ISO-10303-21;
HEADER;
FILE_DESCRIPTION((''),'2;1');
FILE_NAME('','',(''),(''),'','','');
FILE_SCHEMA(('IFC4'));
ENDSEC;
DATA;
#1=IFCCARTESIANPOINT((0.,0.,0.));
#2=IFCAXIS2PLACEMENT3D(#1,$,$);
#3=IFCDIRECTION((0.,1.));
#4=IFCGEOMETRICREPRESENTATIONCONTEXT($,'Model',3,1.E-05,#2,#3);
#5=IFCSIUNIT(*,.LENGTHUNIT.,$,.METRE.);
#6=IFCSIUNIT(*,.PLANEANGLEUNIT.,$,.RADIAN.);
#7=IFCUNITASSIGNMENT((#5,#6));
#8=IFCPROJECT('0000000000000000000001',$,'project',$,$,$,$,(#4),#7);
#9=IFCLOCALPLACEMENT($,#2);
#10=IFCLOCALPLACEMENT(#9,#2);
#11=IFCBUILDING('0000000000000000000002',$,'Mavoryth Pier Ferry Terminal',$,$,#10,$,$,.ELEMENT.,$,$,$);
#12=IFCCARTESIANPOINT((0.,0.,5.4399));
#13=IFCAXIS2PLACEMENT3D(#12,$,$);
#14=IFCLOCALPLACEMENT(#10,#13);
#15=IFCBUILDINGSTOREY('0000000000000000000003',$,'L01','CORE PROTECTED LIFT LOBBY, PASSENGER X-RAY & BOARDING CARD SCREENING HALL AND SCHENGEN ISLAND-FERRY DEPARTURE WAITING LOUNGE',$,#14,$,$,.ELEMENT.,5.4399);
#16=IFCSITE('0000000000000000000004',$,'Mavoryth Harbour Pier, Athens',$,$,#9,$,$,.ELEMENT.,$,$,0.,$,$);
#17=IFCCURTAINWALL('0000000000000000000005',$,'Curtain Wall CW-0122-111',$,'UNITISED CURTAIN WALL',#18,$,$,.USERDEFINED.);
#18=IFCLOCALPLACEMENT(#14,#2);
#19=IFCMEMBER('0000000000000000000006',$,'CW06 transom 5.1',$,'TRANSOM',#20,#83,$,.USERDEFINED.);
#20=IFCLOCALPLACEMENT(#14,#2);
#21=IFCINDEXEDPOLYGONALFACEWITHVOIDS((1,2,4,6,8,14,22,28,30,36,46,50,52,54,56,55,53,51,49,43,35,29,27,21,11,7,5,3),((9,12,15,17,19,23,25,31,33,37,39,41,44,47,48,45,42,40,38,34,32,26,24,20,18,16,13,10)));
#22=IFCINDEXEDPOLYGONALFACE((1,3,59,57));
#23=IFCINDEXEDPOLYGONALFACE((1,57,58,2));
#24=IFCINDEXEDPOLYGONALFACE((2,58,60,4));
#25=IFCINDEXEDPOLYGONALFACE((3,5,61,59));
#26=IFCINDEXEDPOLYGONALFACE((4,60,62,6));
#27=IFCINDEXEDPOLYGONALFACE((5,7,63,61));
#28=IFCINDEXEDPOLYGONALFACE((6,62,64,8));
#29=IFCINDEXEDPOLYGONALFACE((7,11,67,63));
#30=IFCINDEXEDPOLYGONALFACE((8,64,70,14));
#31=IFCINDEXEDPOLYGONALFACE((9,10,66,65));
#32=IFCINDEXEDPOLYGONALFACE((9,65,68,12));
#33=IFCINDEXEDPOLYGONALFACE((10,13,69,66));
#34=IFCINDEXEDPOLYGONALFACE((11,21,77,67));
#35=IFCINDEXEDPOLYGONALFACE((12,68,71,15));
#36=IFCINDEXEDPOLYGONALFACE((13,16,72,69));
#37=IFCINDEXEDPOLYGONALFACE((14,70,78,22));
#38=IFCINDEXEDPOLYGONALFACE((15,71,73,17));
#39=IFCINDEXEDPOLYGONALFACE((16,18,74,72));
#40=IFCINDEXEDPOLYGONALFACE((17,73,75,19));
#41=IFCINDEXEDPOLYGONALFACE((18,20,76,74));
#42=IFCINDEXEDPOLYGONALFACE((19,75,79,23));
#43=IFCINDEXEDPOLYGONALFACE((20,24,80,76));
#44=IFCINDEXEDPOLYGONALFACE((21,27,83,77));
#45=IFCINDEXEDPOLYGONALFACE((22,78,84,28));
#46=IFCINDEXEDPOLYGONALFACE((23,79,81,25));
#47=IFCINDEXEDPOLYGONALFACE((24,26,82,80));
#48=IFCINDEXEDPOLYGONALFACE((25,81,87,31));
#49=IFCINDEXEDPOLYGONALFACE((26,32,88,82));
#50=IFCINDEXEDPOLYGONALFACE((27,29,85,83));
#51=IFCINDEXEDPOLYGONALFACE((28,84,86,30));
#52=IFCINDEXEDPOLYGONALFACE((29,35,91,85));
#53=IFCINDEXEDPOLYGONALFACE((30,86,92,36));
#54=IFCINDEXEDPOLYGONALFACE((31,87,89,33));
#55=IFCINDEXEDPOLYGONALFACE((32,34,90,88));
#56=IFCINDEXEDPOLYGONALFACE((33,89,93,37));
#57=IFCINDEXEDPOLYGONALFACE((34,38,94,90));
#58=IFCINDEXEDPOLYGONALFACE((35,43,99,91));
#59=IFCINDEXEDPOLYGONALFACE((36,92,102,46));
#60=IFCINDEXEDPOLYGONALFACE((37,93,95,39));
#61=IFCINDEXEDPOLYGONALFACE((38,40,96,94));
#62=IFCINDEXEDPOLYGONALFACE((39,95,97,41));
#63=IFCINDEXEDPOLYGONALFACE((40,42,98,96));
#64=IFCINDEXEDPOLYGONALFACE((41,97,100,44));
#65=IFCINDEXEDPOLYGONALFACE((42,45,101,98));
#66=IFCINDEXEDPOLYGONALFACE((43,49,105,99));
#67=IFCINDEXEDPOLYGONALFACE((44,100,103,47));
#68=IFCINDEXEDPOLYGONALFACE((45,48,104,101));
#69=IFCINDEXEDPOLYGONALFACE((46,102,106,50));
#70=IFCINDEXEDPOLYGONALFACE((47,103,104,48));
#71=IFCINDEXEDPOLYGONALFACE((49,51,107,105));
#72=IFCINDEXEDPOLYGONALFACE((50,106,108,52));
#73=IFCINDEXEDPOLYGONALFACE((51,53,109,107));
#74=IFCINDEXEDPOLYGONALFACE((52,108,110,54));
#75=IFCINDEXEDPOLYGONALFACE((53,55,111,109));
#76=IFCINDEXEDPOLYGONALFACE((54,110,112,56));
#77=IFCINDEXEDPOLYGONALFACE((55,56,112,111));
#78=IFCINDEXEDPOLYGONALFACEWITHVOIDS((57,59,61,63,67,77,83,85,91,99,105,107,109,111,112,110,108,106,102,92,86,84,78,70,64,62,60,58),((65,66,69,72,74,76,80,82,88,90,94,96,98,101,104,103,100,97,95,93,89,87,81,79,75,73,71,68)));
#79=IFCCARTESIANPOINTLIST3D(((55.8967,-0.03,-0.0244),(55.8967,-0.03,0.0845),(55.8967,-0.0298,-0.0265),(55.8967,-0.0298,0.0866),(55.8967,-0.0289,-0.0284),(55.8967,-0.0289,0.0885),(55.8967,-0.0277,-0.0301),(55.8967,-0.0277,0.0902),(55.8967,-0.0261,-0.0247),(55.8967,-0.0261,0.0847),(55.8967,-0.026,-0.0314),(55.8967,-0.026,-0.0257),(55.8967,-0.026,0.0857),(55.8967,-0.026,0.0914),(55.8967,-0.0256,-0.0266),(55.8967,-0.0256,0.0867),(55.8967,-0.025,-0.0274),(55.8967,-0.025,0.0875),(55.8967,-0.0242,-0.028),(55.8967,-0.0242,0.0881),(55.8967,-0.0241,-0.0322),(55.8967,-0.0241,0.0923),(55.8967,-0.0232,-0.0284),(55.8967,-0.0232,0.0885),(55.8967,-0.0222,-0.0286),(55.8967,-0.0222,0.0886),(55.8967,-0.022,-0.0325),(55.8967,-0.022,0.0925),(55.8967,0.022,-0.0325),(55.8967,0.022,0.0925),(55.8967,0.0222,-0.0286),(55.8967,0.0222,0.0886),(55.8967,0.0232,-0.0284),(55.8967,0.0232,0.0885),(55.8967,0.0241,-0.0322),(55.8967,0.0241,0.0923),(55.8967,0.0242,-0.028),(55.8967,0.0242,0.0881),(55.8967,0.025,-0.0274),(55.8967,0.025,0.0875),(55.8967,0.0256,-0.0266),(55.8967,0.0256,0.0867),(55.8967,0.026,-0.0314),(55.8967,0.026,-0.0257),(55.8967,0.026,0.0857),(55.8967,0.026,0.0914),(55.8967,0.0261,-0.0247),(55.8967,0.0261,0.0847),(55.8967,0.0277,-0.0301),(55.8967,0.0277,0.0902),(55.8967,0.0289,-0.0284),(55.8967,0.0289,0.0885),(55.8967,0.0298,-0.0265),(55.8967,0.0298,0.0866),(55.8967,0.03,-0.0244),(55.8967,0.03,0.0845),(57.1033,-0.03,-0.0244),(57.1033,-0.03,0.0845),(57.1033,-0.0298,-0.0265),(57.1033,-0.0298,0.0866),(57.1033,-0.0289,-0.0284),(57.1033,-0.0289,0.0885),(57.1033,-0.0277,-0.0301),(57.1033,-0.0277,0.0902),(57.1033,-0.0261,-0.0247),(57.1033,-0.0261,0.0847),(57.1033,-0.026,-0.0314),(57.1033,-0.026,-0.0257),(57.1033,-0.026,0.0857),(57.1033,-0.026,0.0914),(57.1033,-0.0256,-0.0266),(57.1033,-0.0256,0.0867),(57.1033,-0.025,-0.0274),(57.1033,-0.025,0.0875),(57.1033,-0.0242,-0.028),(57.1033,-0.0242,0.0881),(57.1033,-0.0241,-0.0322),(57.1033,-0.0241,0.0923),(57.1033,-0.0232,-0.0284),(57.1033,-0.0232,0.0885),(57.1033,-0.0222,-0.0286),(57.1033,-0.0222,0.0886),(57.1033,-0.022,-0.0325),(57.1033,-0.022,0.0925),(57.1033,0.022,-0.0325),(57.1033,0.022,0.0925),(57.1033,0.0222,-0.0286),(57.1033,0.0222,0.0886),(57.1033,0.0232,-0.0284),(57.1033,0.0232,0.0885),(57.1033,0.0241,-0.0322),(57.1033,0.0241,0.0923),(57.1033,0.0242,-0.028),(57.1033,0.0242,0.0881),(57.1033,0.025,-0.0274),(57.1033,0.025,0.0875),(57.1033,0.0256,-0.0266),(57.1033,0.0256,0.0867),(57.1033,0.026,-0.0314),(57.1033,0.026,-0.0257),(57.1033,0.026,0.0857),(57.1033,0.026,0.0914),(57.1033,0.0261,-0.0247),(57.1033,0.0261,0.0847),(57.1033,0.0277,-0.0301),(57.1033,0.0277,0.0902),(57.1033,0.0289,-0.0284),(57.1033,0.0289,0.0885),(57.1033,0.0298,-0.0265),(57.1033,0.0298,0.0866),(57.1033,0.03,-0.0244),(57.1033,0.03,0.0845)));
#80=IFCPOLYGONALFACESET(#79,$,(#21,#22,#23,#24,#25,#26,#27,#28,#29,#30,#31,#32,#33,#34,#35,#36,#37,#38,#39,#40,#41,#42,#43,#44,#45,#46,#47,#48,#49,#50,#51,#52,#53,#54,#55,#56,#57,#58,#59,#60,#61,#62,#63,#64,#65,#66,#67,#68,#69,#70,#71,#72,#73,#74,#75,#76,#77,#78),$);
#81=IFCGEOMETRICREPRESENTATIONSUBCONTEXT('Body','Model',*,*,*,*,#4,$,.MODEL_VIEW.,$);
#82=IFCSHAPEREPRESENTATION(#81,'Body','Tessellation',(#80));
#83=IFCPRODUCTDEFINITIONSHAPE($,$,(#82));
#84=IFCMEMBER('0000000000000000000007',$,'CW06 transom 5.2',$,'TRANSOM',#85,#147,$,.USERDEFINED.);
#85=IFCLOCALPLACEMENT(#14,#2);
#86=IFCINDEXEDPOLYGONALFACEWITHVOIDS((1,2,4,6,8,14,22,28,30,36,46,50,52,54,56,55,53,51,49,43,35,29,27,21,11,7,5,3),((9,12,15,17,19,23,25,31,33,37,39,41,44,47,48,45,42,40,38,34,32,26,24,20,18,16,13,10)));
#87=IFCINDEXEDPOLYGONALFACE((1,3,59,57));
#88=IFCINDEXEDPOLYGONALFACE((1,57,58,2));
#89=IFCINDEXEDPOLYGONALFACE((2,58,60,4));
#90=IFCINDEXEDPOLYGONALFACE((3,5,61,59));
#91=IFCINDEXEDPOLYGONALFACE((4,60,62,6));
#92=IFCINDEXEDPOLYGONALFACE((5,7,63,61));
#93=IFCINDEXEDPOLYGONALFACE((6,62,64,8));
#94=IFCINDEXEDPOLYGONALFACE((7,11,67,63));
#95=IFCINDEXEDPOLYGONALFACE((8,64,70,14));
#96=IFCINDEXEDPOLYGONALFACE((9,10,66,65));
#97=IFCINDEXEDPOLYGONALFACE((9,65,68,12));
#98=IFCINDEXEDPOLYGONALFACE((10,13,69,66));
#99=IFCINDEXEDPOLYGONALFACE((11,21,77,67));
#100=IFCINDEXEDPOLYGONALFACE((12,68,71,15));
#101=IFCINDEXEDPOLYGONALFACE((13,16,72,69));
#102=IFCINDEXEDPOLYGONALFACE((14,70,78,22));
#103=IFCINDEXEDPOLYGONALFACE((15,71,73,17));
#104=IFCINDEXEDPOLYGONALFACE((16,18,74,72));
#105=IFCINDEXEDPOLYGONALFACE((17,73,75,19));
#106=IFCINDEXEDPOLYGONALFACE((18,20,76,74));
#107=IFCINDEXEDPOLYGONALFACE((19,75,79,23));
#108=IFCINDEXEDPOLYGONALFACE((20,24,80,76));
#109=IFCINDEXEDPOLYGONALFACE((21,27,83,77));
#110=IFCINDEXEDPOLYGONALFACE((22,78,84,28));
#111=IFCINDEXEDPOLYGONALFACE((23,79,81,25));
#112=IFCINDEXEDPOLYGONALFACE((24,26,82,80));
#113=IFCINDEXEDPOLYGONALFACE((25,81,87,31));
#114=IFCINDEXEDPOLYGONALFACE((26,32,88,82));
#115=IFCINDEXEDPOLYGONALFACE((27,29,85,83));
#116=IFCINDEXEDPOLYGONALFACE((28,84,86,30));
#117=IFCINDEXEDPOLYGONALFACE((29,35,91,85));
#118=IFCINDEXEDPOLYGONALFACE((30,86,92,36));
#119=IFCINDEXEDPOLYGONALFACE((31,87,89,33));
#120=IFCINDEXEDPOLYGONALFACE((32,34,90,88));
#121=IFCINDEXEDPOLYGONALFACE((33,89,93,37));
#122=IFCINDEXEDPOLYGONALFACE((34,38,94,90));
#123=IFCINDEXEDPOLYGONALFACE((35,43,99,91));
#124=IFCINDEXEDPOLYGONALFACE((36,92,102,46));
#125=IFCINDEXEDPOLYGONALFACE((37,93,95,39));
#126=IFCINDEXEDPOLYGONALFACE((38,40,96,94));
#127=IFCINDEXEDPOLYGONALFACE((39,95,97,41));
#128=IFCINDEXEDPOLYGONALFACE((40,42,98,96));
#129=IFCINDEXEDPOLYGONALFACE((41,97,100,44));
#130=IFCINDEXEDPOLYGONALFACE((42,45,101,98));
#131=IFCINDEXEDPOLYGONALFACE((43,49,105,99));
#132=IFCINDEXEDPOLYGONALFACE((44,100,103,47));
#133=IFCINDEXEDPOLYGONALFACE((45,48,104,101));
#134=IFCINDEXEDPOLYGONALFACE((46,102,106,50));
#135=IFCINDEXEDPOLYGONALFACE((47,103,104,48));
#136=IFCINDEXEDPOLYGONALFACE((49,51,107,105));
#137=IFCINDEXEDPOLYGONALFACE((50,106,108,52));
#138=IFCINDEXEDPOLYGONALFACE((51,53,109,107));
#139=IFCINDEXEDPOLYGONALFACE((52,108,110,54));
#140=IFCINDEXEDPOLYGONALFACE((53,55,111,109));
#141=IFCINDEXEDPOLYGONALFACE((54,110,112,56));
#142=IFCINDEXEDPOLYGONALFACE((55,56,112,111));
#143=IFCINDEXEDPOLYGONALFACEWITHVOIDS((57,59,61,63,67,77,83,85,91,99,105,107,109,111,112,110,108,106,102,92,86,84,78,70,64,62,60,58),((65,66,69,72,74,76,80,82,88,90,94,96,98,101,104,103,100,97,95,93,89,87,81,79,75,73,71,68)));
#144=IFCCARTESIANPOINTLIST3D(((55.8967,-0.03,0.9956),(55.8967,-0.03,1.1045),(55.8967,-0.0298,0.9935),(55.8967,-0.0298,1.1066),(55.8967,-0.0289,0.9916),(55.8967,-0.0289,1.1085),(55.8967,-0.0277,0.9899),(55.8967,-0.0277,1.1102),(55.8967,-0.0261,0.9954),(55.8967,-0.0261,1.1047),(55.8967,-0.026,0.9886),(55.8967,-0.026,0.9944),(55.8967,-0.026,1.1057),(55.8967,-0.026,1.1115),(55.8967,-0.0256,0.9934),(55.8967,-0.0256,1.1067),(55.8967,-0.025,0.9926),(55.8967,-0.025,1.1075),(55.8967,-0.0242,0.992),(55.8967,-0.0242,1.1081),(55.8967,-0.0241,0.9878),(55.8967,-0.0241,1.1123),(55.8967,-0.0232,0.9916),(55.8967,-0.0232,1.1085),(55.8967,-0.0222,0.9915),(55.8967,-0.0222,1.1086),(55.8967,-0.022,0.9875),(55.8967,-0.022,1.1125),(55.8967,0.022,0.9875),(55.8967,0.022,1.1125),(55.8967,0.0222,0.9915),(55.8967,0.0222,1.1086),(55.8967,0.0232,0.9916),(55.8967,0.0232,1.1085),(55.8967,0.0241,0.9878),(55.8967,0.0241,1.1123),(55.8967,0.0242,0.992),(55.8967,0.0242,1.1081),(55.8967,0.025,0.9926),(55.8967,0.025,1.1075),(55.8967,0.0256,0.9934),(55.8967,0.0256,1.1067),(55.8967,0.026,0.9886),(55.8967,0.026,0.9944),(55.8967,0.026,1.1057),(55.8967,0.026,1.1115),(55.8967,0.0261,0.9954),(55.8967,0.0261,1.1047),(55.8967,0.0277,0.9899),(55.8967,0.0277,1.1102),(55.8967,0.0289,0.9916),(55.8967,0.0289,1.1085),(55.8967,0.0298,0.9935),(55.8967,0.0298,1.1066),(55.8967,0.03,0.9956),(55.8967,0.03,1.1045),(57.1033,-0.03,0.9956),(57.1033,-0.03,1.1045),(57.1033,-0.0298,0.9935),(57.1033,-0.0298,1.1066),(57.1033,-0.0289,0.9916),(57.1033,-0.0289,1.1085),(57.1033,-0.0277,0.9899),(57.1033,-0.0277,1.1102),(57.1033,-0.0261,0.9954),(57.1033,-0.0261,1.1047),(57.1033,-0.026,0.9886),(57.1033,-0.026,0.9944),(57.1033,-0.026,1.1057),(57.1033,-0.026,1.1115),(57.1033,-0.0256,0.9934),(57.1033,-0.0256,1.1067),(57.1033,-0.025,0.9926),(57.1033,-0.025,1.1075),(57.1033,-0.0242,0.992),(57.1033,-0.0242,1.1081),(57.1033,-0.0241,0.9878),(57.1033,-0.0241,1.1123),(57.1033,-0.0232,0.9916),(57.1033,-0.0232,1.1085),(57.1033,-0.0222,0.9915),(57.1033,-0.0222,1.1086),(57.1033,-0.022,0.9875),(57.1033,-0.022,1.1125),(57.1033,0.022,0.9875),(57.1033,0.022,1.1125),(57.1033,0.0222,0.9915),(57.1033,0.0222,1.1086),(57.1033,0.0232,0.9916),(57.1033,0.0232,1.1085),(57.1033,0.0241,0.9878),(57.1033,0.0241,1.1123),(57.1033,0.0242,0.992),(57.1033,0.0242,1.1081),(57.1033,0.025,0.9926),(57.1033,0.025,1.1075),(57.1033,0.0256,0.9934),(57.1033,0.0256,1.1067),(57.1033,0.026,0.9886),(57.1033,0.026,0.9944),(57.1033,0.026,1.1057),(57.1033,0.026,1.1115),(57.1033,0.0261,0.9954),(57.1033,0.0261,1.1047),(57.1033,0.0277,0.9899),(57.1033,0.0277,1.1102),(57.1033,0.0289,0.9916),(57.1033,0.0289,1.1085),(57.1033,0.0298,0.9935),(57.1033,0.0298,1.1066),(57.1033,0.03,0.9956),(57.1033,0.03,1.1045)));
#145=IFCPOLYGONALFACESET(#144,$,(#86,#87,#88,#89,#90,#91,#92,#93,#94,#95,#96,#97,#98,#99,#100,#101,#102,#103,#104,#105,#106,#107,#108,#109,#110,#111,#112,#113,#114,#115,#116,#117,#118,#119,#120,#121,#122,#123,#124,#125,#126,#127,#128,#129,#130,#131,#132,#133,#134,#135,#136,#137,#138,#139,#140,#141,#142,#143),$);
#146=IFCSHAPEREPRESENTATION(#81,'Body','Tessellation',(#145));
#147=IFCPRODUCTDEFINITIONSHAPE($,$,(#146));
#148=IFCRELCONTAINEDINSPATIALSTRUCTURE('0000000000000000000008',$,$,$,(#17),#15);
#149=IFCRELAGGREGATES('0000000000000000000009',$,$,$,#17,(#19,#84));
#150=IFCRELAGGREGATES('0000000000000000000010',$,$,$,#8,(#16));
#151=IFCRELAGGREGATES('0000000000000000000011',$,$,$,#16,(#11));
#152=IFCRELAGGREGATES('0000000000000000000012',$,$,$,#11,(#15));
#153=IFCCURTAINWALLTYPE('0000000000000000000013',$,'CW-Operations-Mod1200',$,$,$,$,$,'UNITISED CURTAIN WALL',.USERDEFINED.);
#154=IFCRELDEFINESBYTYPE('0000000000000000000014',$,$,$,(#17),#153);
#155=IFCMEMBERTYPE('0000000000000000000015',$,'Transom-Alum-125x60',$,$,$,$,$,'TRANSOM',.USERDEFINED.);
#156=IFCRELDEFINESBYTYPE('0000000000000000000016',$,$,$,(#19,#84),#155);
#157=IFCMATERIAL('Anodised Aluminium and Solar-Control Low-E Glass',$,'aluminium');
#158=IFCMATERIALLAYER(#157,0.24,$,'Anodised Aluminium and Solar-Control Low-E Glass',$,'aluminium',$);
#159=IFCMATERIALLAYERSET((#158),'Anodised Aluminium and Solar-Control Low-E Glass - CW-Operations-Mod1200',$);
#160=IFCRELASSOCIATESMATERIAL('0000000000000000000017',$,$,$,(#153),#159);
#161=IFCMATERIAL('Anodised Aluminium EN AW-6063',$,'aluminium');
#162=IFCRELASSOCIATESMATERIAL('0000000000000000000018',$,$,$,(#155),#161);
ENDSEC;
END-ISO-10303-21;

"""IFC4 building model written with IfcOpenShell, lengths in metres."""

from ifc_helpers import new_model, si_unit, direction, frame, origin, origin_2d, place, context, subcontext, project, spatial, hollow_rectangle, extrude, material, layer, layer_set, material_profile, profile_set, type_object, element, aggregate, save


model = new_model("IFC4")

# Units and contexts
model_context = context("Model", 3, precision=1e-05, world=origin(), true_north=direction((0.0, 1.0)))
body_context = subcontext(model_context, "Body", "Model", "MODEL_VIEW")
ifc_project = project(units=[si_unit("LENGTHUNIT", "METRE"), si_unit("PLANEANGLEUNIT", "RADIAN")], contexts=[model_context])

# Site, building, storey
site_placement = place(None, origin())
site = spatial("IfcSite", under=ifc_project, at=site_placement, Name="Mavoryth Harbour Pier, Athens", CompositionType="ELEMENT", RefElevation=0.0)
building_placement = place(site_placement, origin())
building = spatial("IfcBuilding", under=site, at=building_placement, Name="Mavoryth Pier Ferry Terminal", CompositionType="ELEMENT")
storey_placement = place(building_placement, frame((0.0, 0.0, 5.4399)))
storey = spatial("IfcBuildingStorey", under=building, at=storey_placement, Name="L01", Description="CORE PROTECTED LIFT LOBBY, PASSENGER X-RAY & BOARDING CARD SCREENING HALL AND SCHENGEN ISLAND-FERRY DEPARTURE WAITING LOUNGE", CompositionType="ELEMENT", Elevation=5.4399)

# Curtain wall, members
ifc_material_1 = material(Name="Anodised Aluminium and Solar-Control Low-E Glass", Category="aluminium")
ifc_layer_1 = layer(ifc_material_1, 0.24, Name="Anodised Aluminium and Solar-Control Low-E Glass", Category="aluminium")
ifc_layer_set_1 = layer_set([ifc_layer_1], Name="Anodised Aluminium and Solar-Control Low-E Glass - CW-Operations-Mod1200")
curtain_wall_type = type_object("IfcCurtainWallType", Name="CW-Operations-Mod1200", ElementType="UNITISED CURTAIN WALL", PredefinedType="USERDEFINED", material=ifc_layer_set_1)
curtain_wall_placement = place(storey_placement, origin())
curtain_wall = element("IfcCurtainWall", 1, at=curtain_wall_placement, inside=storey, type_object=curtain_wall_type, Name="Curtain Wall CW-0122-111", ObjectType="UNITISED CURTAIN WALL", PredefinedType="USERDEFINED")
ifc_material_2 = material(Name="Anodised Aluminium EN AW-6063", Category="aluminium")
ifc_material_profile_1 = material_profile(ifc_material_2, hollow_rectangle(XDim=0.0601, YDim=0.125, WallThickness=0.0039, InnerFilletRadius=0.0039, OuterFilletRadius=0.0081, at=origin_2d()), Name="AL-TRAN 125x60x4", Category="aluminium")
ifc_profile_set_1 = profile_set([ifc_material_profile_1], Name="Anodised Aluminium EN AW-6063 - AL-TRAN 125x60x4")
member_type_1 = type_object("IfcMemberType", Name="Transom-Alum-125x60", ElementType="TRANSOM", PredefinedType="USERDEFINED", material=ifc_profile_set_1)
member_1_placement = place(storey_placement, frame((55.8967, 0.0, 0.03), z_axis=(1.0, 0.0, 0.0), x_axis=(0.0, 1.0, 0.0)))
member_1 = element("IfcMember", 2, at=member_1_placement, type_object=member_type_1, Name="CW06 transom 5.1", ObjectType="TRANSOM", PredefinedType="USERDEFINED", context=body_context, shape_type="SweptSolid", body=[
    extrude(hollow_rectangle(XDim=0.0601, YDim=0.125, WallThickness=0.0039, InnerFilletRadius=0.0039, OuterFilletRadius=0.0081, at=origin_2d()), origin(), (0.0, 0.0, 1.0), 1.2065),
])
member_2_placement = place(storey_placement, frame((55.8967, 0.0, 1.05), z_axis=(1.0, 0.0, 0.0), x_axis=(0.0, 1.0, 0.0)))
member_2 = element("IfcMember", 3, at=member_2_placement, type_object=member_type_1, Name="CW06 transom 5.2", ObjectType="TRANSOM", PredefinedType="USERDEFINED", context=body_context, shape_type="SweptSolid", body=[
    extrude(hollow_rectangle(XDim=0.0601, YDim=0.125, WallThickness=0.0039, InnerFilletRadius=0.0039, OuterFilletRadius=0.0081, at=origin_2d()), origin(), (0.0, 0.0, 1.0), 1.2065),
])
aggregate(curtain_wall, [member_1, member_2])

save(model, "model.ifc")
